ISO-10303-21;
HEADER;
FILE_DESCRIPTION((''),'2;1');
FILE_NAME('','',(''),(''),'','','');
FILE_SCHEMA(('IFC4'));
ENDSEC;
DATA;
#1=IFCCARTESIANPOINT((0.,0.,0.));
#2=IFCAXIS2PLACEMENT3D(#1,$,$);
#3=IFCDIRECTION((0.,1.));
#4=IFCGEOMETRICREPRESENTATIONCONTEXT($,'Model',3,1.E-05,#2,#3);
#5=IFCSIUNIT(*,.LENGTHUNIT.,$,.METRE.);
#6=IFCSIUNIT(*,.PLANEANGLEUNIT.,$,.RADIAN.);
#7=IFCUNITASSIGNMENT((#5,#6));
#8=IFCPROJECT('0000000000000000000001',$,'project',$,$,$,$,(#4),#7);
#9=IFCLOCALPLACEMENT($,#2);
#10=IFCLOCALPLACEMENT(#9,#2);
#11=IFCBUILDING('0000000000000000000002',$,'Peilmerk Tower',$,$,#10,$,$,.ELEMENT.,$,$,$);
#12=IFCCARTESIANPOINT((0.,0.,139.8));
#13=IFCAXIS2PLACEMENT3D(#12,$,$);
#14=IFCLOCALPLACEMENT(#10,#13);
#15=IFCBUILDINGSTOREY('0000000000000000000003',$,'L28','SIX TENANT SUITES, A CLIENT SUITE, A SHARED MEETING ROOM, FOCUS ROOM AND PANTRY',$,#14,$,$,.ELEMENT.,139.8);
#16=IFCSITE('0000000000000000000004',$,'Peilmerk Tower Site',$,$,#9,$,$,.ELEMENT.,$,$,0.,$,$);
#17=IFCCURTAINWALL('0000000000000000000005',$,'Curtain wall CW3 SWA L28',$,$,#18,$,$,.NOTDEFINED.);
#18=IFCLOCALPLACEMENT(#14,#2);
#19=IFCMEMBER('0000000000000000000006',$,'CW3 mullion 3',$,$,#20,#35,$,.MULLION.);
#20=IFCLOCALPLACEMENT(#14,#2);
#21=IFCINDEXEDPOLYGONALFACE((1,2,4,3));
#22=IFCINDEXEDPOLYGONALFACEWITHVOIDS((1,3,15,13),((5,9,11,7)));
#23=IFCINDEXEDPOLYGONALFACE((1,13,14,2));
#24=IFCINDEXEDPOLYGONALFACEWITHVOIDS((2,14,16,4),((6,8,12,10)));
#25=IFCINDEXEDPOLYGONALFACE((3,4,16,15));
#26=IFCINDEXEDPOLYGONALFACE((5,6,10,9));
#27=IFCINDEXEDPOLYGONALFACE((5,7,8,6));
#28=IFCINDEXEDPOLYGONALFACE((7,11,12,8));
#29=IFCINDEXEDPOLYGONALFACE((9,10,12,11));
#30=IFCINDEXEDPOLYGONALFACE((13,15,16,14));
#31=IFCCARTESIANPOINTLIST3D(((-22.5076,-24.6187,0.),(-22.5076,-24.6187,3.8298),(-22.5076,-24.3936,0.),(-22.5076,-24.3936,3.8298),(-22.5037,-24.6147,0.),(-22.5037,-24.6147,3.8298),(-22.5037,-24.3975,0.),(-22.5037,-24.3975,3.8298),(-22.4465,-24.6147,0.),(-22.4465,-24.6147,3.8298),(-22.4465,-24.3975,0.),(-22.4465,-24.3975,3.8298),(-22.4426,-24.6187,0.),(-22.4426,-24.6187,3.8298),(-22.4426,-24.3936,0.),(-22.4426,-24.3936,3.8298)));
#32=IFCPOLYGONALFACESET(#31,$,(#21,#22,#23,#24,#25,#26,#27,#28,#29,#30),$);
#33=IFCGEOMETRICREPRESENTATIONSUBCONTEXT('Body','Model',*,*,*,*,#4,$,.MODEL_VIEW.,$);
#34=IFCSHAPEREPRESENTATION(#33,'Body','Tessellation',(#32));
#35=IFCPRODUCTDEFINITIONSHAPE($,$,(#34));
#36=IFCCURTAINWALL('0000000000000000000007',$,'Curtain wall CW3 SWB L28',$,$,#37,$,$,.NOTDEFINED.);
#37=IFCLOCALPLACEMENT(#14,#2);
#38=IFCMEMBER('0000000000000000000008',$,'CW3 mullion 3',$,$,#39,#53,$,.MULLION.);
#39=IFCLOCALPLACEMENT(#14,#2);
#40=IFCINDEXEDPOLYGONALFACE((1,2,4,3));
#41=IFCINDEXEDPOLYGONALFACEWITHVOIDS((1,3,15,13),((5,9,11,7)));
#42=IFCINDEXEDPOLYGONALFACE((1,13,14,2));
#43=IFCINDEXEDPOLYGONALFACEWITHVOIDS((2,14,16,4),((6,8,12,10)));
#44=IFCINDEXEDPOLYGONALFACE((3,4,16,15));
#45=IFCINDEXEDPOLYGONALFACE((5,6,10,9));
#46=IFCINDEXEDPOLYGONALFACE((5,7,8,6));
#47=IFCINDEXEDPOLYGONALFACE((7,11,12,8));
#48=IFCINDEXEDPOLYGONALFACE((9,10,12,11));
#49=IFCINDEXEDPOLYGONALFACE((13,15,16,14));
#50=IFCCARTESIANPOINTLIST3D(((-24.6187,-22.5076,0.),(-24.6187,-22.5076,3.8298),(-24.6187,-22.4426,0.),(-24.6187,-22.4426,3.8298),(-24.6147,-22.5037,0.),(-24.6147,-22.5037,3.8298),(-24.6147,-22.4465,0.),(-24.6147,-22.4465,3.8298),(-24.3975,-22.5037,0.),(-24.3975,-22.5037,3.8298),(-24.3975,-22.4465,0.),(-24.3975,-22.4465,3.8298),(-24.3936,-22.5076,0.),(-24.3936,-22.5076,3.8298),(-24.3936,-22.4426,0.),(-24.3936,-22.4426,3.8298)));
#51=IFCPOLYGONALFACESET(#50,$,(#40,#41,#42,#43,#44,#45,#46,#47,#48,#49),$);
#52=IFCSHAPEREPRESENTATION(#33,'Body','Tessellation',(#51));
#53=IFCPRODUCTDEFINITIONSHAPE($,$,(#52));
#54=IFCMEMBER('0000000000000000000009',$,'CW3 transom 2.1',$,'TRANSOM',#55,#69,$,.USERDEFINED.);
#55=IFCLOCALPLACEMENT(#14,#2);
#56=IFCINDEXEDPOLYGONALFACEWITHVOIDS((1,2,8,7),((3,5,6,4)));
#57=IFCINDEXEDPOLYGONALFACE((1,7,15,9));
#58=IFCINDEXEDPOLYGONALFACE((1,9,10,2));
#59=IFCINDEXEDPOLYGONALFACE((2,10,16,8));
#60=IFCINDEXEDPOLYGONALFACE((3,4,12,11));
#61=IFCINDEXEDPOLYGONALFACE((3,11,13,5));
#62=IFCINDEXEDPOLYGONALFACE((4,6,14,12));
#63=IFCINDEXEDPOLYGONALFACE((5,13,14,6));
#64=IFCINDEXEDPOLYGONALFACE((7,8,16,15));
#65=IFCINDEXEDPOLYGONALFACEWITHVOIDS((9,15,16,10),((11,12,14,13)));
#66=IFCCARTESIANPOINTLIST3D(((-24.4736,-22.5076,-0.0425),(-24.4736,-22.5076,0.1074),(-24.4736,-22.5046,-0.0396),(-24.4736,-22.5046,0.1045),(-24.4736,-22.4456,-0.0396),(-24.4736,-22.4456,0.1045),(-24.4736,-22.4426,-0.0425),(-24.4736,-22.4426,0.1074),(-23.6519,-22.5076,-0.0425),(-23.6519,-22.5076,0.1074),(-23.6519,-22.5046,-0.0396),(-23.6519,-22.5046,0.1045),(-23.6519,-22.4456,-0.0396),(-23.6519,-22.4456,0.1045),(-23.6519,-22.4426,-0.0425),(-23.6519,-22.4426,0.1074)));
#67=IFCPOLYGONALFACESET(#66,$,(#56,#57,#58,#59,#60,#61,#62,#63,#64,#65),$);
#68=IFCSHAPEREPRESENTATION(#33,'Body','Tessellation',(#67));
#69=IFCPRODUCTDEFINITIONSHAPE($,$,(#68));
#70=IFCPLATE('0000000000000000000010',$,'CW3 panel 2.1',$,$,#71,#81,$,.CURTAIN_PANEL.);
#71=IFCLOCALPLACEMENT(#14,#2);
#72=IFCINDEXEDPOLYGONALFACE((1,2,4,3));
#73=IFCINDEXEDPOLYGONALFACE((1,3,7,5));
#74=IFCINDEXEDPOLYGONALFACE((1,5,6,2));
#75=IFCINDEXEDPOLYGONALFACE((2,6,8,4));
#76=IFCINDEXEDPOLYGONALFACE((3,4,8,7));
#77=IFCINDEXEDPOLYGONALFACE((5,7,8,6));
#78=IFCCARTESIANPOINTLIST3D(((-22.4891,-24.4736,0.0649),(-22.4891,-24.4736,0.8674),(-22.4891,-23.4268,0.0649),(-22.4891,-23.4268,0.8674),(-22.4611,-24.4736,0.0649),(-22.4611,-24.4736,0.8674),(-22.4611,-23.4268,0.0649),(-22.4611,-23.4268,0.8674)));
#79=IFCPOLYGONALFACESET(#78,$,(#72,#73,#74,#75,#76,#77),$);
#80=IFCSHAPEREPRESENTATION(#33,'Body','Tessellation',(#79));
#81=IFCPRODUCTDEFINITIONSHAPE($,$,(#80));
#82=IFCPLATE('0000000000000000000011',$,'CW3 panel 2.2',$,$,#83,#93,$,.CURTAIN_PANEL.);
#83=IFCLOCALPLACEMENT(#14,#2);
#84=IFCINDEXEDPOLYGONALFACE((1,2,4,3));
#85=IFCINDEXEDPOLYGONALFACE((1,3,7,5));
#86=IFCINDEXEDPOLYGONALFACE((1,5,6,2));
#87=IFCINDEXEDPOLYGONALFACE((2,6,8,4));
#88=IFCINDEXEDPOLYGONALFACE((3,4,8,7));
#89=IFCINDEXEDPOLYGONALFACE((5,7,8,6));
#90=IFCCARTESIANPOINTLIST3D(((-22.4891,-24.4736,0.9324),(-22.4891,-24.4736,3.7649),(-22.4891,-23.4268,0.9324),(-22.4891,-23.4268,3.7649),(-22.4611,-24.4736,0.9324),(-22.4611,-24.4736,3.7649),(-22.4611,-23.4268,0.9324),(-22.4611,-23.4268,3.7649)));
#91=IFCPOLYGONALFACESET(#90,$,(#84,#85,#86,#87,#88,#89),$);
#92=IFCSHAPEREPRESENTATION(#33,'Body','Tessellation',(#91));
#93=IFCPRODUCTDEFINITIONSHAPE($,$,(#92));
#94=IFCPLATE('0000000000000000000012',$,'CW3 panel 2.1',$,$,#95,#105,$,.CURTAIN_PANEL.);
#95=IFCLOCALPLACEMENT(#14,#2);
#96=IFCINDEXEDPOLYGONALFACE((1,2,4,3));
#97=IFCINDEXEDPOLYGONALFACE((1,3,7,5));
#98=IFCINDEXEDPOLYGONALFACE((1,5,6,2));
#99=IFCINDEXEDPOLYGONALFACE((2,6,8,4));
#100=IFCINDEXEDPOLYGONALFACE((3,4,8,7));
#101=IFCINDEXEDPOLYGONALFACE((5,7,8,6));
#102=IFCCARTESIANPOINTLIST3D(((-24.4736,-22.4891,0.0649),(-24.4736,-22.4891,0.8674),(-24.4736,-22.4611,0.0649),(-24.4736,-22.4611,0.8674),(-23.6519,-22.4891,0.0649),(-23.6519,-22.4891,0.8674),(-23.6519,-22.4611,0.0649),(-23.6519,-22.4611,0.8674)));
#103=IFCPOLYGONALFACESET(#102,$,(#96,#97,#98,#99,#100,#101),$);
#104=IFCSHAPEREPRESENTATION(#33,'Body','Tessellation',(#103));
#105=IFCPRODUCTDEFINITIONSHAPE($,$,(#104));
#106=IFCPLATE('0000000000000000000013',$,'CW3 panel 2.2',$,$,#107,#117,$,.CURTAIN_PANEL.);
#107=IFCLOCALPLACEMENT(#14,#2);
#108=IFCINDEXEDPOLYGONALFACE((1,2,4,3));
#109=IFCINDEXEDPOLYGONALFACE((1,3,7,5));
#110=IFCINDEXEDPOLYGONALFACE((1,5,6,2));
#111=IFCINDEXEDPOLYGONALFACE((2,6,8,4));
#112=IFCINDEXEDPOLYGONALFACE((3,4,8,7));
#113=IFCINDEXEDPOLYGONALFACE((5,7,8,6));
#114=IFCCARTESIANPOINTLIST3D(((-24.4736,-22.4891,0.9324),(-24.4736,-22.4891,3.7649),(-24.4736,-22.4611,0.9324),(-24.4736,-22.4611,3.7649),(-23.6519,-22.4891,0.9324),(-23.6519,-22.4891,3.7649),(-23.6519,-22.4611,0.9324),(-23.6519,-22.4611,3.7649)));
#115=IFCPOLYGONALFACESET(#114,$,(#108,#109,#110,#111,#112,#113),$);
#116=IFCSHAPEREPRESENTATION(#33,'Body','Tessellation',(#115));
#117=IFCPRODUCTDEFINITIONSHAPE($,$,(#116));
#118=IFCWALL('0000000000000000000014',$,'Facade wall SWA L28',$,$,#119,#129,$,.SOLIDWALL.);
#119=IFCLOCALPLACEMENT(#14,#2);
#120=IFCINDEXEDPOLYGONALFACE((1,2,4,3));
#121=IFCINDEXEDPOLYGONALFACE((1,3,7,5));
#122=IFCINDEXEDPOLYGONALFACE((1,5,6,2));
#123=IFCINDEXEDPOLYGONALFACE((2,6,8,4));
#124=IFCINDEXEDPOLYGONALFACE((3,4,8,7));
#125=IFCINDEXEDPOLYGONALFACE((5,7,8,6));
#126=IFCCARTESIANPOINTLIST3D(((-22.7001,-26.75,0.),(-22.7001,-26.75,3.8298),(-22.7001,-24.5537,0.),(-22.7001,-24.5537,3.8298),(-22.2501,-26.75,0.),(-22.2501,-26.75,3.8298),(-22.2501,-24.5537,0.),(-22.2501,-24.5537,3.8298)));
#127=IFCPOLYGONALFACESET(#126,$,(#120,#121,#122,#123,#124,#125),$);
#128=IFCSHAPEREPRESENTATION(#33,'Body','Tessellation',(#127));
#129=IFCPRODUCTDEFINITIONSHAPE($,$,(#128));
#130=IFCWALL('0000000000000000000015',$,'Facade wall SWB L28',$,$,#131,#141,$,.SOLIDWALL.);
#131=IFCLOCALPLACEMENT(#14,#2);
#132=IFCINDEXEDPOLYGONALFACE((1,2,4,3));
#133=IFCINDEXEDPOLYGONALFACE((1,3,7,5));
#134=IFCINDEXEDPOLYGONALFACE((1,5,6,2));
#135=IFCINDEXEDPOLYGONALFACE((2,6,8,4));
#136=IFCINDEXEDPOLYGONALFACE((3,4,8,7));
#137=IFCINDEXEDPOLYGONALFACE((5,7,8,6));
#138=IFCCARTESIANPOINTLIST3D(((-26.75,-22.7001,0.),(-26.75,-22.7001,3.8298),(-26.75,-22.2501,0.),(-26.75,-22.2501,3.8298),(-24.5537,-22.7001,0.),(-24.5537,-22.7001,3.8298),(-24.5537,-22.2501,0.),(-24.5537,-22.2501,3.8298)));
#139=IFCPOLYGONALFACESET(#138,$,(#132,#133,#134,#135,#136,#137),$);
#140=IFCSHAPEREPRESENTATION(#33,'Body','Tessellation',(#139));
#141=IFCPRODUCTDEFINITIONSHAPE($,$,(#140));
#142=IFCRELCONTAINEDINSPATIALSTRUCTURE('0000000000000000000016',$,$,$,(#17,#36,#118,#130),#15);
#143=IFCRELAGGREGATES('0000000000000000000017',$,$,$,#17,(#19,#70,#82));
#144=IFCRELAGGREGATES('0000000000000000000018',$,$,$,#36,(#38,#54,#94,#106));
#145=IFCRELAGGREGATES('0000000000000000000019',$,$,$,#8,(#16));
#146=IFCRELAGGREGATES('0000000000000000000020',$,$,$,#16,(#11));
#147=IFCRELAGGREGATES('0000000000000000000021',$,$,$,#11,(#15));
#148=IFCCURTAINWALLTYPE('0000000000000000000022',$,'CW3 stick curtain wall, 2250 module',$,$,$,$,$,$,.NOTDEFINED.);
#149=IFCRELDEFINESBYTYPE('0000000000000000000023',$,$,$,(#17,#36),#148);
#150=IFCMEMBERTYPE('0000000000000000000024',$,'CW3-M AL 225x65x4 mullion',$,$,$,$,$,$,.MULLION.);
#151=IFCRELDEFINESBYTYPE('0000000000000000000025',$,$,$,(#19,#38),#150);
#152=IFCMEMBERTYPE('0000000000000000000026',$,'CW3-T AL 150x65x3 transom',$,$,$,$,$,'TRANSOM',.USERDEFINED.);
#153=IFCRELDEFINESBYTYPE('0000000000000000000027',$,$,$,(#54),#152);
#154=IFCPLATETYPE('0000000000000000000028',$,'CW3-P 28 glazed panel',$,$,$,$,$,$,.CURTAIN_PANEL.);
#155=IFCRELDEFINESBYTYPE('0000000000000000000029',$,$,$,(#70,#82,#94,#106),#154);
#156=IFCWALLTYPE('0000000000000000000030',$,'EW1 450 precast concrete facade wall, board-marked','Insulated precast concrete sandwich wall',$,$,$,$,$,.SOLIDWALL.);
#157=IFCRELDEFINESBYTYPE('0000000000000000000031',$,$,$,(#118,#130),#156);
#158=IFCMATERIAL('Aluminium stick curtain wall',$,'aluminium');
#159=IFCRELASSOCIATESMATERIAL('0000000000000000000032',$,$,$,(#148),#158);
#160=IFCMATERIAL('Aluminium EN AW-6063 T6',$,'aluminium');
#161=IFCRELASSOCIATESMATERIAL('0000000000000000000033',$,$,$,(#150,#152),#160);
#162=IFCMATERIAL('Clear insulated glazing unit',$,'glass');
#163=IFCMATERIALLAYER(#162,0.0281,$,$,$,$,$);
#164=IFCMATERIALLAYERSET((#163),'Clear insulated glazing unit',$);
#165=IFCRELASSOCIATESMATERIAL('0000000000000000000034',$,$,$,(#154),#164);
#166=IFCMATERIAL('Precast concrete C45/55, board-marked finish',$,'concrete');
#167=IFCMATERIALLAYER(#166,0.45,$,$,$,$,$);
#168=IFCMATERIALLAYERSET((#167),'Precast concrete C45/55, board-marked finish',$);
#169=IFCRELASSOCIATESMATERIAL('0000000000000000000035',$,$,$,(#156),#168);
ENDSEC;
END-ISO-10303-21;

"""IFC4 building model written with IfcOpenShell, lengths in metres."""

from ifc_helpers import new_model, si_unit, direction, frame, frame_2d, origin, origin_2d, place, context, subcontext, project, spatial, rectangle, hollow_rectangle, extrude, material, layer, layer_set, material_profile, profile_set, type_object, element, aggregate, save


model = new_model("IFC4")

# Units and contexts
model_context = context("Model", 3, precision=1e-05, world=origin(), true_north=direction((0.0, 1.0)))
body_context = subcontext(model_context, "Body", "Model", "MODEL_VIEW")
ifc_project = project(units=[si_unit("LENGTHUNIT", "METRE"), si_unit("PLANEANGLEUNIT", "RADIAN")], contexts=[model_context])

# Site, building, storey
site_placement = place(None, origin())
site = spatial("IfcSite", under=ifc_project, at=site_placement, Name="Peilmerk Tower Site", CompositionType="ELEMENT", RefElevation=0.0)
building_placement = place(site_placement, origin())
building = spatial("IfcBuilding", under=site, at=building_placement, Name="Peilmerk Tower", CompositionType="ELEMENT")
storey_placement = place(building_placement, frame((0.0, 0.0, 139.8)))
storey = spatial("IfcBuildingStorey", under=building, at=storey_placement, Name="L28", Description="SIX TENANT SUITES, A CLIENT SUITE, A SHARED MEETING ROOM, FOCUS ROOM AND PANTRY", CompositionType="ELEMENT", Elevation=139.8)

# Curtain wall, member
ifc_material_1 = material(Name="Aluminium stick curtain wall", Category="aluminium")
curtain_wall_type = type_object("IfcCurtainWallType", Name="CW3 stick curtain wall, 2250 module", PredefinedType="NOTDEFINED", material=ifc_material_1)
curtain_wall_1_placement = place(storey_placement, origin())
curtain_wall_1 = element("IfcCurtainWall", 1, at=curtain_wall_1_placement, inside=storey, type_object=curtain_wall_type, Name="Curtain wall CW3 SWA L28", PredefinedType="NOTDEFINED")
ifc_material_2 = material(Name="Aluminium EN AW-6063 T6", Category="aluminium")
ifc_material_profile_1 = material_profile(ifc_material_2, hollow_rectangle(XDim=0.0649, YDim=0.2251, WallThickness=0.0039, at=origin_2d()), Name="AL 225x65x4")
ifc_profile_set_1 = profile_set([ifc_material_profile_1], Name="Aluminium EN AW-6063 T6")
member_type_1 = type_object("IfcMemberType", Name="CW3-M AL 225x65x4 mullion", PredefinedType="MULLION", material=ifc_profile_set_1)
member_1_placement = place(storey_placement, frame((-22.4751, -24.5061, 0.0), z_axis=(0.0, 0.0, 1.0), x_axis=(1.0, 0.0, 0.0)))
member_1 = element("IfcMember", 2, at=member_1_placement, type_object=member_type_1, Name="CW3 mullion 3", PredefinedType="MULLION", context=body_context, shape_type="SweptSolid", body=[
    extrude(hollow_rectangle(XDim=0.0649, YDim=0.2251, WallThickness=0.0039, at=origin_2d()), origin(), (0.0, 0.0, 1.0), 3.8298),
])

# Curtain wall, members
curtain_wall_2_placement = place(storey_placement, origin())
curtain_wall_2 = element("IfcCurtainWall", 3, at=curtain_wall_2_placement, inside=storey, type_object=curtain_wall_type, Name="Curtain wall CW3 SWB L28", PredefinedType="NOTDEFINED")
member_2_placement = place(storey_placement, frame((-24.5061, -22.4751, 0.0), z_axis=(0.0, 0.0, 1.0), x_axis=(0.0, -1.0, 0.0)))
member_2 = element("IfcMember", 4, at=member_2_placement, type_object=member_type_1, Name="CW3 mullion 3", PredefinedType="MULLION", context=body_context, shape_type="SweptSolid", body=[
    extrude(hollow_rectangle(XDim=0.0649, YDim=0.2251, WallThickness=0.0039, at=origin_2d()), origin(), (0.0, 0.0, 1.0), 3.8298),
])
ifc_material_profile_2 = material_profile(ifc_material_2, hollow_rectangle(XDim=0.0649, YDim=0.1499, WallThickness=0.0029, at=origin_2d()), Name="AL 150x65x3")
ifc_profile_set_2 = profile_set([ifc_material_profile_2], Name="Aluminium EN AW-6063 T6")
member_type_2 = type_object("IfcMemberType", Name="CW3-T AL 150x65x3 transom", ElementType="TRANSOM", PredefinedType="USERDEFINED", material=ifc_profile_set_2)
member_3_placement = place(storey_placement, frame((-23.6519, -22.4751, 0.0325), z_axis=(-1.0, 0.0, 0.0), x_axis=(0.0, -1.0, 0.0)))
member_3 = element("IfcMember", 5, at=member_3_placement, type_object=member_type_2, Name="CW3 transom 2.1", ObjectType="TRANSOM", PredefinedType="USERDEFINED", context=body_context, shape_type="SweptSolid", body=[
    extrude(hollow_rectangle(XDim=0.0649, YDim=0.1499, WallThickness=0.0029, at=origin_2d()), origin(), (0.0, 0.0, 1.0), 0.8218),
])

# Plates
ifc_material_3 = material(Name="Clear insulated glazing unit", Category="glass")
ifc_layer_1 = layer(ifc_material_3, 0.0281)
ifc_layer_set_1 = layer_set([ifc_layer_1], Name="Clear insulated glazing unit")
plate_type = type_object("IfcPlateType", Name="CW3-P 28 glazed panel", PredefinedType="CURTAIN_PANEL", material=ifc_layer_set_1)
plate_1_placement = place(storey_placement, frame((-22.4751, -23.9502, 0.0649), z_axis=(0.0, 0.0, 1.0), x_axis=(0.0, -1.0, 0.0)))
plate_1 = element("IfcPlate", 6, at=plate_1_placement, type_object=plate_type, Name="CW3 panel 2.1", PredefinedType="CURTAIN_PANEL", context=body_context, shape_type="SweptSolid", body=[
    extrude(rectangle(XDim=1.0469, YDim=0.0281, at=origin_2d()), origin(), (0.0, 0.0, 1.0), 0.8025),
])
plate_2_placement = place(storey_placement, frame((-22.4751, -23.9502, 0.9324), z_axis=(0.0, 0.0, 1.0), x_axis=(0.0, -1.0, 0.0)))
plate_2 = element("IfcPlate", 7, at=plate_2_placement, type_object=plate_type, Name="CW3 panel 2.2", PredefinedType="CURTAIN_PANEL", context=body_context, shape_type="SweptSolid", body=[
    extrude(rectangle(XDim=1.0469, YDim=0.0281, at=origin_2d()), origin(), (0.0, 0.0, 1.0), 2.8325),
])
aggregate(curtain_wall_1, [member_1, plate_1, plate_2])
plate_3_placement = place(storey_placement, frame((-24.0627, -22.4751, 0.0649), z_axis=(0.0, 0.0, 1.0), x_axis=(-1.0, 0.0, 0.0)))
plate_3 = element("IfcPlate", 8, at=plate_3_placement, type_object=plate_type, Name="CW3 panel 2.1", PredefinedType="CURTAIN_PANEL", context=body_context, shape_type="SweptSolid", body=[
    extrude(rectangle(XDim=0.8218, YDim=0.0281, at=origin_2d()), origin(), (0.0, 0.0, 1.0), 0.8025),
])
plate_4_placement = place(storey_placement, frame((-24.0627, -22.4751, 0.9324), z_axis=(0.0, 0.0, 1.0), x_axis=(-1.0, 0.0, 0.0)))
plate_4 = element("IfcPlate", 9, at=plate_4_placement, type_object=plate_type, Name="CW3 panel 2.2", PredefinedType="CURTAIN_PANEL", context=body_context, shape_type="SweptSolid", body=[
    extrude(rectangle(XDim=0.8218, YDim=0.0281, at=origin_2d()), origin(), (0.0, 0.0, 1.0), 2.8325),
])
aggregate(curtain_wall_2, [member_2, member_3, plate_3, plate_4])

# Shared definitions
ifc_material_4 = material(Name="Precast concrete C45/55, board-marked finish", Category="concrete")
ifc_layer_2 = layer(ifc_material_4, 0.45)
ifc_layer_set_2 = layer_set([ifc_layer_2], Name="Precast concrete C45/55, board-marked finish")
wall_type = type_object("IfcWallType", Name="EW1 450 precast concrete facade wall, board-marked", Description="Insulated precast concrete sandwich wall", PredefinedType="SOLIDWALL", material=ifc_layer_set_2)

# Walls
for number, where, z_axis, x_axis, name in (
    (10, (-22.4751, -24.5537, 0.0), (0.0, 0.0, 1.0), (0.0, -1.0, 0.0), "Facade wall SWA L28"),
    (11, (-24.5537, -22.4751, 0.0), (0.0, 0.0, 1.0), (-1.0, 0.0, 0.0), "Facade wall SWB L28"),
):
    element("IfcWall", number, at=place(storey_placement, frame(where, z_axis=z_axis, x_axis=x_axis)), inside=storey, type_object=wall_type, Name=name, PredefinedType="SOLIDWALL", context=body_context, shape_type="SweptSolid", body=[
        extrude(rectangle(XDim=2.1963, YDim=0.45, at=frame_2d((1.0981, 0.0))), origin(), (0.0, 0.0, 1.0), 3.8298),
    ])

save(model, "model.ifc")
